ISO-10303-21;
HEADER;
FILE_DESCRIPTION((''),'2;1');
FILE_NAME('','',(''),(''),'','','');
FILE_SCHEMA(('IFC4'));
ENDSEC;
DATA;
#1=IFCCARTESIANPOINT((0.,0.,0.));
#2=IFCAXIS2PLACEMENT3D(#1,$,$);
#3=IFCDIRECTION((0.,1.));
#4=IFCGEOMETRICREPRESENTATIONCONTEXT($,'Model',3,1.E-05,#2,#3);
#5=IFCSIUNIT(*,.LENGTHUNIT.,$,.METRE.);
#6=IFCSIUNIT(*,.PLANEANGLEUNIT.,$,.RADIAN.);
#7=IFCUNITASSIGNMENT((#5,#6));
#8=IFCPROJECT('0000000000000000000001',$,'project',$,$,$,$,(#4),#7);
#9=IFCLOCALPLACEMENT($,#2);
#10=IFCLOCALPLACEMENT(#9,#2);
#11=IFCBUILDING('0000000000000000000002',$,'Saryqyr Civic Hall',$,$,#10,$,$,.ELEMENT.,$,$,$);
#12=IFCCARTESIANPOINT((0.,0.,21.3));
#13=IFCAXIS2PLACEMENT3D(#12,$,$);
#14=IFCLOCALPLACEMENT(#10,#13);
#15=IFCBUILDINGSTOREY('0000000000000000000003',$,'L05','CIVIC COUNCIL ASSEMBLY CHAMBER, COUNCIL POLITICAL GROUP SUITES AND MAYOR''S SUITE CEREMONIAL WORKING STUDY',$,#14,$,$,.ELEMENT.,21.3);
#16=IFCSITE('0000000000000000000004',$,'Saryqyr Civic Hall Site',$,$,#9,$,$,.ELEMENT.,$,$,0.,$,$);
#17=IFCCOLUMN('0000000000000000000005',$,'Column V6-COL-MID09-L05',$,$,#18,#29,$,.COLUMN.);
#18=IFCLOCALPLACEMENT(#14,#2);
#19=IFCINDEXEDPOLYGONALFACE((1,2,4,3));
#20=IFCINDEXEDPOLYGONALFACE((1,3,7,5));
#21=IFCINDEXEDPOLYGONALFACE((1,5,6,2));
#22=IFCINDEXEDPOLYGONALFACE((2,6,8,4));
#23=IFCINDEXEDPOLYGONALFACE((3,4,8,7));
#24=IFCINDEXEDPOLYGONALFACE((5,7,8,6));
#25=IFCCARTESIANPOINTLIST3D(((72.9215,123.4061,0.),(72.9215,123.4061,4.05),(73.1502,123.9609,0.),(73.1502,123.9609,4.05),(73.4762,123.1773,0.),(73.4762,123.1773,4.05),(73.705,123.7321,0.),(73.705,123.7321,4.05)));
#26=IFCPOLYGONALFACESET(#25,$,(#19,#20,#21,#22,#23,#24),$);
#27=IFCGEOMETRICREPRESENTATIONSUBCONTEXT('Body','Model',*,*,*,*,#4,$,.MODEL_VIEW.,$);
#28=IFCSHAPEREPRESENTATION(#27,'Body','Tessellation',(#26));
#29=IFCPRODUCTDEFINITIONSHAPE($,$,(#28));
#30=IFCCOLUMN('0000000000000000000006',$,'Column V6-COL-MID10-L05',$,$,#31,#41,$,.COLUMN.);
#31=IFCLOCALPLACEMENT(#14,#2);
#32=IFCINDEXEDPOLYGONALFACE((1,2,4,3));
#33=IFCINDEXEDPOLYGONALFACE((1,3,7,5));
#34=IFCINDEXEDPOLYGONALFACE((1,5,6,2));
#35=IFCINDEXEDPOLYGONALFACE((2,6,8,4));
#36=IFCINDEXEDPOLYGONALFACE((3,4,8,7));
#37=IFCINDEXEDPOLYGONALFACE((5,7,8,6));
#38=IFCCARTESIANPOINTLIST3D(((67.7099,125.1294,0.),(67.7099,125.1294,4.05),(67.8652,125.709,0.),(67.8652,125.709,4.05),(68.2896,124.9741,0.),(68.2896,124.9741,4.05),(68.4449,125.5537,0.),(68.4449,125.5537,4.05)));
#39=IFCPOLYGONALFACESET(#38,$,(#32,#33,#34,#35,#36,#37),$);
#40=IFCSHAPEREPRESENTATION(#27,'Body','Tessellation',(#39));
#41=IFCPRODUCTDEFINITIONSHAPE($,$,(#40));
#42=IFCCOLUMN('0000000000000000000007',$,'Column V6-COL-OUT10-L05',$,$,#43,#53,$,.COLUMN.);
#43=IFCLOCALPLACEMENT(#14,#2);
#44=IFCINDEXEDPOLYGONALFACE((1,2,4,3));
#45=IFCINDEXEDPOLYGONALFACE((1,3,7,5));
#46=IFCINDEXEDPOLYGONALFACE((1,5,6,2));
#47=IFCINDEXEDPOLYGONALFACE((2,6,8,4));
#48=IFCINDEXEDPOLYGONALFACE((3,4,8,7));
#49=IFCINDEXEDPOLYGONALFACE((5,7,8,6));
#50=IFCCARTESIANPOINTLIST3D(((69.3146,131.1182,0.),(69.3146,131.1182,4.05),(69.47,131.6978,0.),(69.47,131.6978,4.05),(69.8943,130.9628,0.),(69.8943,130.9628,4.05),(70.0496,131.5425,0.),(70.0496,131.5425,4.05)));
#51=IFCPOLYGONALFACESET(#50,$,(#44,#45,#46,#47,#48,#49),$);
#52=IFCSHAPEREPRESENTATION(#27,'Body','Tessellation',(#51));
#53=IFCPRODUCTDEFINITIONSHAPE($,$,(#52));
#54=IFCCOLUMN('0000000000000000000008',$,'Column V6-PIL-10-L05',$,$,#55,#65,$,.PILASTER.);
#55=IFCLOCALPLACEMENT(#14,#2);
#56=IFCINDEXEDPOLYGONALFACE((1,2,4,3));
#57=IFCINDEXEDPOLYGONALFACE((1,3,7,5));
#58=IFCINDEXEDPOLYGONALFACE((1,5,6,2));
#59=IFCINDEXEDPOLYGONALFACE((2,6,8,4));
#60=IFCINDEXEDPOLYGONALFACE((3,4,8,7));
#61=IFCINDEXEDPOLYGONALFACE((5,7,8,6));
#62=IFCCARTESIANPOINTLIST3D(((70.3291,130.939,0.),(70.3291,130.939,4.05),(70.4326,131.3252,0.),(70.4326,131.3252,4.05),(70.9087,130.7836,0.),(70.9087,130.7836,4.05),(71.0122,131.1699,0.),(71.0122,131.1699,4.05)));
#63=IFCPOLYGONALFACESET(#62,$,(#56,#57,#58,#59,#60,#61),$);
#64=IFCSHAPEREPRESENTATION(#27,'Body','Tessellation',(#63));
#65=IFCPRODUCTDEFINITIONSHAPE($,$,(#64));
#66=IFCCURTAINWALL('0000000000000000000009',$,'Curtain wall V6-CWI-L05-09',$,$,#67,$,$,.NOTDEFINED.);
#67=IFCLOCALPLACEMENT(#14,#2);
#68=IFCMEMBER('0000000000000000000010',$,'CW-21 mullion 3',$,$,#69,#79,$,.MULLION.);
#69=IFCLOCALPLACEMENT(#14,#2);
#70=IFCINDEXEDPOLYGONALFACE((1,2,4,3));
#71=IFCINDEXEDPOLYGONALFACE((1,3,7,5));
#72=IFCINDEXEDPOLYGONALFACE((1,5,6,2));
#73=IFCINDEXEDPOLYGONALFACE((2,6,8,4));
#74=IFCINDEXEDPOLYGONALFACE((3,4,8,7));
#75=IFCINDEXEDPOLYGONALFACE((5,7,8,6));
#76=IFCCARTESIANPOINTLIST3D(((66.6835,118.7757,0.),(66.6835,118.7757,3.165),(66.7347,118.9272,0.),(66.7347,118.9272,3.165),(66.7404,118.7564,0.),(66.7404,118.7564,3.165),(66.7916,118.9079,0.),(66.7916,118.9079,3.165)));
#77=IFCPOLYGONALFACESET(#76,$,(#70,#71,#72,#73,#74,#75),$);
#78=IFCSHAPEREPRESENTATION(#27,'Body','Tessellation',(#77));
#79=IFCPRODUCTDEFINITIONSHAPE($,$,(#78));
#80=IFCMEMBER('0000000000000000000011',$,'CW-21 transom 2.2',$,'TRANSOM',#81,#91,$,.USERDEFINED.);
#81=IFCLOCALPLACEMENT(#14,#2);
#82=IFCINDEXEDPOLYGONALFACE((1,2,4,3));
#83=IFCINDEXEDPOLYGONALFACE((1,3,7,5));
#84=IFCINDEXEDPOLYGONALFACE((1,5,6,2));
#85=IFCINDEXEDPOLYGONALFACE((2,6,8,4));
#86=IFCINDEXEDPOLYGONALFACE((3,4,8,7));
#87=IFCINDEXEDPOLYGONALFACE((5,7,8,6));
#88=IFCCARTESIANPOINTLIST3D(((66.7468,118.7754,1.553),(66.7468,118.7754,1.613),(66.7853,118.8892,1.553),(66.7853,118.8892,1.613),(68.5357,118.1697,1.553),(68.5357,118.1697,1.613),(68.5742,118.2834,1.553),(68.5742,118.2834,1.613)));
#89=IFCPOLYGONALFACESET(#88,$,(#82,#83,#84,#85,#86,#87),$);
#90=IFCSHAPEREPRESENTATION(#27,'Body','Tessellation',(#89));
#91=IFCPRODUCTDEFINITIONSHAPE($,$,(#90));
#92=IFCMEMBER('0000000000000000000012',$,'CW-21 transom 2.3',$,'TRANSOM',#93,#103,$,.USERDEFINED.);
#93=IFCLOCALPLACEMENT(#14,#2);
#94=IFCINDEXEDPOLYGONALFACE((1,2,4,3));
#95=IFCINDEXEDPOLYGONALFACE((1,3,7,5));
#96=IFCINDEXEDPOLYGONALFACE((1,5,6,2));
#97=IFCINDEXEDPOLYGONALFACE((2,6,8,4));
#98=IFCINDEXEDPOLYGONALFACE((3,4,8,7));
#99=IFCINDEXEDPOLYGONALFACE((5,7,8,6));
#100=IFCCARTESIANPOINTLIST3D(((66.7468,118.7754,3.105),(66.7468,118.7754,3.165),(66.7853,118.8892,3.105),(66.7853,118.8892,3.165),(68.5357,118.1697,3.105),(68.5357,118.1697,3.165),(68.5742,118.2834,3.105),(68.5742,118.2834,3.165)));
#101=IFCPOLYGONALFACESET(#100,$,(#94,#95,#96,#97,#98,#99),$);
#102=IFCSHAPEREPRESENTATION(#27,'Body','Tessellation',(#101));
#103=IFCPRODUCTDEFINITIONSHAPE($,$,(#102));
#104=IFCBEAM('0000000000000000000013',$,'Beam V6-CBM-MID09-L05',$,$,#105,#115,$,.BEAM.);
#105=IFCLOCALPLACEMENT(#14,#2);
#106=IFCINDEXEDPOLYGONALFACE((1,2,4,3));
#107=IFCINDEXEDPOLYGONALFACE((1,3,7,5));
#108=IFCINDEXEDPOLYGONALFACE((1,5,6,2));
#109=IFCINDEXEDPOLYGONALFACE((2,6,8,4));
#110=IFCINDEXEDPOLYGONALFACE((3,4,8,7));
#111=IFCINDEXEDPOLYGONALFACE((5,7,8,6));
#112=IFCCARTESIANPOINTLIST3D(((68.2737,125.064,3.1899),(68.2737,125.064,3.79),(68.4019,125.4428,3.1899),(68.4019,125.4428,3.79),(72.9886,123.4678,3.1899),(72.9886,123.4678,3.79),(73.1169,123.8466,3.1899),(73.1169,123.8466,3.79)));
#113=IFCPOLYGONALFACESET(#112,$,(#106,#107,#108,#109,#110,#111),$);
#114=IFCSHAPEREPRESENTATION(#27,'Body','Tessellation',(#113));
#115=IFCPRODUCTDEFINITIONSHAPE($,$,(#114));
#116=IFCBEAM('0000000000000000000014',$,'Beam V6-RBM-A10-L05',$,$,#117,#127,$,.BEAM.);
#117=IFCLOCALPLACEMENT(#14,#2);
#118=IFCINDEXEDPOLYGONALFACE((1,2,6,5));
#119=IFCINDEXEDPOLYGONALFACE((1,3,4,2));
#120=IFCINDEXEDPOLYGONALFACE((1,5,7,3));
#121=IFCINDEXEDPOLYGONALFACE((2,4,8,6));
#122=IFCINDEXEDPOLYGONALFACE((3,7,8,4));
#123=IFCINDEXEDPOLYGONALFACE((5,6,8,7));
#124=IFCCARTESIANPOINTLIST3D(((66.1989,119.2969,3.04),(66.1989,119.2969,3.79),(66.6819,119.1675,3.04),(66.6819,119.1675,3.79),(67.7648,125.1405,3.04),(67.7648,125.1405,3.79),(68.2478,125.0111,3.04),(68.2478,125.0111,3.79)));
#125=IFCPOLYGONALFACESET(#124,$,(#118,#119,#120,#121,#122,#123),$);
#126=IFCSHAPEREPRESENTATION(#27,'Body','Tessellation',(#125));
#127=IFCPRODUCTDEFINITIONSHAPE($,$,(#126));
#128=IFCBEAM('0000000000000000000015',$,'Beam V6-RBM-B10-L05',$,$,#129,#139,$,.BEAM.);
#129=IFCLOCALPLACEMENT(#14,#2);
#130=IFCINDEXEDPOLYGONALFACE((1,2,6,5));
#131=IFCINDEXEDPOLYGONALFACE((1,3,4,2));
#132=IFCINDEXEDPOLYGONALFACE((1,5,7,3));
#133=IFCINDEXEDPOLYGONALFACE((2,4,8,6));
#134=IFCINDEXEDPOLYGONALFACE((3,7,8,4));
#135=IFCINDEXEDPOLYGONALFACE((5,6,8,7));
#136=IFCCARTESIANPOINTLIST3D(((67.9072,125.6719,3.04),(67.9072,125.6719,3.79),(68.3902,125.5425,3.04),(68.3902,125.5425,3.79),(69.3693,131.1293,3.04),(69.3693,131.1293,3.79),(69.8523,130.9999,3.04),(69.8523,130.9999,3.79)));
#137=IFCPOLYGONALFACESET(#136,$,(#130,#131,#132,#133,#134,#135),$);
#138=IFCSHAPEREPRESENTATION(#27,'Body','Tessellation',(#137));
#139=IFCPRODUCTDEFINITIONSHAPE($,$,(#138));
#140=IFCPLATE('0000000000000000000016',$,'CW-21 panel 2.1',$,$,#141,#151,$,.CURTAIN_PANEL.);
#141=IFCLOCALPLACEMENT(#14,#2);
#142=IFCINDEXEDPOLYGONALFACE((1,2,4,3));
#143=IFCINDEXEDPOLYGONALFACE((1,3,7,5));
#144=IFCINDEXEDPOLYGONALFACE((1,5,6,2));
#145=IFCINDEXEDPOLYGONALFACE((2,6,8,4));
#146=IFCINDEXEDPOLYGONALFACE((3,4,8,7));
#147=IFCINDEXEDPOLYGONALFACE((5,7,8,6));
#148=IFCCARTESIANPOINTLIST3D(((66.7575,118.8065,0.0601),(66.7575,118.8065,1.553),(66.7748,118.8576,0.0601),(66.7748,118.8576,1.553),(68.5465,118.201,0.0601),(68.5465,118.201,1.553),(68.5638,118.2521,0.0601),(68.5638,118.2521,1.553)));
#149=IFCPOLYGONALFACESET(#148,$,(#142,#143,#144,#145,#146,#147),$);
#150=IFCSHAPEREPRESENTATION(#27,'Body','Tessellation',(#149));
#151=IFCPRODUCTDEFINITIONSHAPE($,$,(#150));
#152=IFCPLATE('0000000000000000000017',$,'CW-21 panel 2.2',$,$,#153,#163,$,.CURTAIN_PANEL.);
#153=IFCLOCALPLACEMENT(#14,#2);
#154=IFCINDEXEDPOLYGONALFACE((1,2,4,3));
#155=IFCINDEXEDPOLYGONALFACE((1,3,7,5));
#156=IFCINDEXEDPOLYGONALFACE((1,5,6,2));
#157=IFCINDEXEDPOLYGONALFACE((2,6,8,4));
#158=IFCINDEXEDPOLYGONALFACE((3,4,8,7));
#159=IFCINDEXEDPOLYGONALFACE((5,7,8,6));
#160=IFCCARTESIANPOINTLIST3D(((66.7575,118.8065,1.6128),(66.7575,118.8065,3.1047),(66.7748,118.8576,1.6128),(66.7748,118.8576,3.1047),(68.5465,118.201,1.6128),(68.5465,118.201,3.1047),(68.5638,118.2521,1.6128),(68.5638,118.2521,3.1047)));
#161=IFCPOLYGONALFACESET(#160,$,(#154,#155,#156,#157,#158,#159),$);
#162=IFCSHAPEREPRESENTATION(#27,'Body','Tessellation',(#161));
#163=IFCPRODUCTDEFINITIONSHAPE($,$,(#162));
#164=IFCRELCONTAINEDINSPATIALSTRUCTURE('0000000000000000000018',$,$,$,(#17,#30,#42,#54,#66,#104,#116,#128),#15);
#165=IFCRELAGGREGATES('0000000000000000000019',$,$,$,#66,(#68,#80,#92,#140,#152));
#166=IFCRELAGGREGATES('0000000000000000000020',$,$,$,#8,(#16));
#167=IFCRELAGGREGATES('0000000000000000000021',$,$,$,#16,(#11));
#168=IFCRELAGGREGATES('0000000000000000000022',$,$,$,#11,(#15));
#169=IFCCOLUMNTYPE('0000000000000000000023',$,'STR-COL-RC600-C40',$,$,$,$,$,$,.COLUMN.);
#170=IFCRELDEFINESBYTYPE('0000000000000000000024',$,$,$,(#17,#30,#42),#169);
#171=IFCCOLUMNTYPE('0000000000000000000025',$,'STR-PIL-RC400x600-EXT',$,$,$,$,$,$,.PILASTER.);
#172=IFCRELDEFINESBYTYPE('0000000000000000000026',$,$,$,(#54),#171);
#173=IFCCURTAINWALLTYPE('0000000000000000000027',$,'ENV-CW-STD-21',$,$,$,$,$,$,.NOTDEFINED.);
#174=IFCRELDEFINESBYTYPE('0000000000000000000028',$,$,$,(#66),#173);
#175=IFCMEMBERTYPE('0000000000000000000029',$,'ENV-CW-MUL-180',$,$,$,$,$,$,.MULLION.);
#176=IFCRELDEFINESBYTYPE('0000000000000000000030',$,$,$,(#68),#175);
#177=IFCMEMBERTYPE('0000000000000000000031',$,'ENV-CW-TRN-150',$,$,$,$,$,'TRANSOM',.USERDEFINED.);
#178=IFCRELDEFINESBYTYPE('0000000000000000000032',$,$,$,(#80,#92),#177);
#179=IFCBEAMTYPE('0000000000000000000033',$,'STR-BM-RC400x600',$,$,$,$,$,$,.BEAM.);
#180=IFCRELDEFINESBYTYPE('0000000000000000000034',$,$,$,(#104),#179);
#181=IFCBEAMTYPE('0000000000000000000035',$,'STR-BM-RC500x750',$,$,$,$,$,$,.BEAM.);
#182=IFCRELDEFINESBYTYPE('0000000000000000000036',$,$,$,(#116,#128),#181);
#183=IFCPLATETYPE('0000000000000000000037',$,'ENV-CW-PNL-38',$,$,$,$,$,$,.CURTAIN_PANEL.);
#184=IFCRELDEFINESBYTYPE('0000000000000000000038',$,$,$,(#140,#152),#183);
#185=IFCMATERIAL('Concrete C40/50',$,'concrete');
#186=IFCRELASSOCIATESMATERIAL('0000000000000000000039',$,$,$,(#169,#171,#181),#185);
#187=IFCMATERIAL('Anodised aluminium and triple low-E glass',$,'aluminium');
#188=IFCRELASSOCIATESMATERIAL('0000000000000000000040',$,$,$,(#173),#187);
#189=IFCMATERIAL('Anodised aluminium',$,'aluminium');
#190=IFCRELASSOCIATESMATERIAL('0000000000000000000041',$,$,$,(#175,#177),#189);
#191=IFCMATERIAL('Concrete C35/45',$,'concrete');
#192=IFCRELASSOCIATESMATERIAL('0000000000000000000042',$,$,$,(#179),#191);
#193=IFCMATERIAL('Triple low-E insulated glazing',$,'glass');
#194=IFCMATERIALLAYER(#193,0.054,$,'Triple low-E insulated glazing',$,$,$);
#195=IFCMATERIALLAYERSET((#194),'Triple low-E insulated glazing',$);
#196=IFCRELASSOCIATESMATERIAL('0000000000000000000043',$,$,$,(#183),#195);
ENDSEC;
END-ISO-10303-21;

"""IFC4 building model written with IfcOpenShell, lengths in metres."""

from ifc_helpers import new_model, si_unit, direction, frame, origin, origin_2d, place, context, subcontext, project, spatial, rectangle, extrude, material, layer, layer_set, material_profile, profile_set, type_object, element, aggregate, save


model = new_model("IFC4")

# Units and contexts
model_context = context("Model", 3, precision=1e-05, world=origin(), true_north=direction((0.0, 1.0)))
body_context = subcontext(model_context, "Body", "Model", "MODEL_VIEW")
ifc_project = project(units=[si_unit("LENGTHUNIT", "METRE"), si_unit("PLANEANGLEUNIT", "RADIAN")], contexts=[model_context])

# Site, building, storey
site_placement = place(None, origin())
site = spatial("IfcSite", under=ifc_project, at=site_placement, Name="Saryqyr Civic Hall Site", CompositionType="ELEMENT", RefElevation=0.0)
building_placement = place(site_placement, origin())
building = spatial("IfcBuilding", under=site, at=building_placement, Name="Saryqyr Civic Hall", CompositionType="ELEMENT")
storey_placement = place(building_placement, frame((0.0, 0.0, 21.3)))
storey = spatial("IfcBuildingStorey", under=building, at=storey_placement, Name="L05", Description="CIVIC COUNCIL ASSEMBLY CHAMBER, COUNCIL POLITICAL GROUP SUITES AND MAYOR'S SUITE CEREMONIAL WORKING STUDY", CompositionType="ELEMENT", Elevation=21.3)

# Columns
ifc_material_1 = material(Name="Concrete C40/50", Category="concrete")
ifc_material_profile_1 = material_profile(ifc_material_1, rectangle(XDim=0.6001, YDim=0.6001, at=origin_2d()), Name="RC 600x600")
ifc_profile_set_1 = profile_set([ifc_material_profile_1], Name="Concrete C40/50")
column_type_1 = type_object("IfcColumnType", Name="STR-COL-RC600-C40", PredefinedType="COLUMN", material=ifc_profile_set_1)
for number, where, z_axis, x_axis, name in (
    (1, (73.3132, 123.5691, 0.0), (0.0, 0.0, 1.0), (0.381232, 0.92448, 0.0), "Column V6-COL-MID09-L05"),
    (2, (68.0774, 125.3416, 0.0), (0.0, 0.0, 1.0), (0.258819, 0.965926, 0.0), "Column V6-COL-MID10-L05"),
    (3, (69.6821, 131.3303, 0.0), (0.0, 0.0, 1.0), (0.258819, 0.965926, 0.0), "Column V6-COL-OUT10-L05"),
):
    element("IfcColumn", number, at=place(storey_placement, frame(where, z_axis=z_axis, x_axis=x_axis)), inside=storey, type_object=column_type_1, Name=name, PredefinedType="COLUMN", context=body_context, shape_type="SweptSolid", body=[
        extrude(rectangle(XDim=0.6001, YDim=0.6001, at=origin_2d()), origin(), (0.0, 0.0, 1.0), 4.05),
    ])
ifc_material_profile_2 = material_profile(ifc_material_1, rectangle(XDim=0.3999, YDim=0.6001, at=origin_2d()), Name="RC 400x600")
ifc_profile_set_2 = profile_set([ifc_material_profile_2], Name="Concrete C40/50")
column_type_2 = type_object("IfcColumnType", Name="STR-PIL-RC400x600-EXT", PredefinedType="PILASTER", material=ifc_profile_set_2)
column_placement = place(storey_placement, frame((70.6707, 131.0544, 0.0), z_axis=(0.0, 0.0, 1.0), x_axis=(0.258819, 0.965926, 0.0)))
element("IfcColumn", 4, at=column_placement, inside=storey, type_object=column_type_2, Name="Column V6-PIL-10-L05", PredefinedType="PILASTER", context=body_context, shape_type="SweptSolid", body=[
    extrude(rectangle(XDim=0.3999, YDim=0.6001, at=origin_2d()), origin(), (0.0, 0.0, 1.0), 4.05),
])

# Curtain wall, members
ifc_material_2 = material(Name="Anodised aluminium and triple low-E glass", Category="aluminium")
curtain_wall_type = type_object("IfcCurtainWallType", Name="ENV-CW-STD-21", PredefinedType="NOTDEFINED", material=ifc_material_2)
curtain_wall_placement = place(storey_placement, origin())
curtain_wall = element("IfcCurtainWall", 5, at=curtain_wall_placement, inside=storey, type_object=curtain_wall_type, Name="Curtain wall V6-CWI-L05-09", PredefinedType="NOTDEFINED")
ifc_material_3 = material(Name="Anodised aluminium", Category="aluminium")
ifc_material_profile_3 = material_profile(ifc_material_3, rectangle(XDim=0.0601, YDim=0.1599, at=origin_2d()), Name="ALU MULLION 60x160")
ifc_profile_set_3 = profile_set([ifc_material_profile_3], Name="Anodised aluminium")
member_type_1 = type_object("IfcMemberType", Name="ENV-CW-MUL-180", PredefinedType="MULLION", material=ifc_profile_set_3)
member_1_placement = place(storey_placement, frame((66.7375, 118.8418, 0.0), z_axis=(0.0, 0.0, 1.0), x_axis=(-0.947202, 0.320636, 0.0)))
member_1 = element("IfcMember", 6, at=member_1_placement, type_object=member_type_1, Name="CW-21 mullion 3", PredefinedType="MULLION", context=body_context, shape_type="SweptSolid", body=[
    extrude(rectangle(XDim=0.0601, YDim=0.1599, at=origin_2d()), origin(), (0.0, 0.0, 1.0), 3.165),
])
ifc_material_profile_4 = material_profile(ifc_material_3, rectangle(XDim=0.1201, YDim=0.0601, at=origin_2d()), Name="ALU TRANSOM 120x60")
ifc_profile_set_4 = profile_set([ifc_material_profile_4], Name="Anodised aluminium")
member_type_2 = type_object("IfcMemberType", Name="ENV-CW-TRN-150", ElementType="TRANSOM", PredefinedType="USERDEFINED", material=ifc_profile_set_4)
member_2_placement = place(storey_placement, frame((68.5549, 118.2266, 1.583), z_axis=(-0.947173, 0.320723, 0.0), x_axis=(-0.320723, -0.947173, 0.0)))
member_2 = element("IfcMember", 7, at=member_2_placement, type_object=member_type_2, Name="CW-21 transom 2.2", ObjectType="TRANSOM", PredefinedType="USERDEFINED", context=body_context, shape_type="SweptSolid", body=[
    extrude(rectangle(XDim=0.1201, YDim=0.0601, at=origin_2d()), origin(), (0.0, 0.0, 1.0), 1.8887),
])
member_3_placement = place(storey_placement, frame((68.5549, 118.2266, 3.135), z_axis=(-0.947173, 0.320723, 0.0), x_axis=(-0.320723, -0.947173, 0.0)))
member_3 = element("IfcMember", 8, at=member_3_placement, type_object=member_type_2, Name="CW-21 transom 2.3", ObjectType="TRANSOM", PredefinedType="USERDEFINED", context=body_context, shape_type="SweptSolid", body=[
    extrude(rectangle(XDim=0.1201, YDim=0.0601, at=origin_2d()), origin(), (0.0, 0.0, 1.0), 1.8887),
])

# Beams
ifc_material_4 = material(Name="Concrete C35/45", Category="concrete")
ifc_material_profile_5 = material_profile(ifc_material_4, rectangle(XDim=0.3999, YDim=0.6001, at=origin_2d()), Name="RC 400x600")
ifc_profile_set_5 = profile_set([ifc_material_profile_5], Name="Concrete C35/45")
beam_type_1 = type_object("IfcBeamType", Name="STR-BM-RC400x600", PredefinedType="BEAM", material=ifc_profile_set_5)
beam_1_placement = place(storey_placement, frame((73.0527, 123.6572, 3.49), z_axis=(-0.947192, 0.320668, 0.0), x_axis=(-0.320668, -0.947192, 0.0)))
element("IfcBeam", 9, at=beam_1_placement, inside=storey, type_object=beam_type_1, Name="Beam V6-CBM-MID09-L05", PredefinedType="BEAM", context=body_context, shape_type="SweptSolid", body=[
    extrude(rectangle(XDim=0.3999, YDim=0.6001, at=origin_2d()), origin(), (0.0, 0.0, 1.0), 4.9778),
])
ifc_material_profile_6 = material_profile(ifc_material_1, rectangle(XDim=0.5, YDim=0.75, at=origin_2d()), Name="RC 500x750")
ifc_profile_set_6 = profile_set([ifc_material_profile_6], Name="Concrete C40/50")
beam_type_2 = type_object("IfcBeamType", Name="STR-BM-RC500x750", PredefinedType="BEAM", material=ifc_profile_set_6)
beam_2_placement = place(storey_placement, frame((66.4404, 119.2322, 3.415), z_axis=(0.258833, 0.965922, 0.0), x_axis=(-0.965922, 0.258833, 0.0)))
element("IfcBeam", 10, at=beam_2_placement, inside=storey, type_object=beam_type_2, Name="Beam V6-RBM-A10-L05", PredefinedType="BEAM", context=body_context, shape_type="SweptSolid", body=[
    extrude(rectangle(XDim=0.5, YDim=0.75, at=origin_2d()), origin(), (0.0, 0.0, 1.0), 6.0498),
])
beam_3_placement = place(storey_placement, frame((68.1487, 125.6072, 3.415), z_axis=(0.258789, 0.965934, 0.0), x_axis=(-0.965934, 0.258789, 0.0)))
element("IfcBeam", 11, at=beam_3_placement, inside=storey, type_object=beam_type_2, Name="Beam V6-RBM-B10-L05", PredefinedType="BEAM", context=body_context, shape_type="SweptSolid", body=[
    extrude(rectangle(XDim=0.5, YDim=0.75, at=origin_2d()), origin(), (0.0, 0.0, 1.0), 5.6499),
])

# Plates
ifc_material_5 = material(Name="Triple low-E insulated glazing", Category="glass")
ifc_layer_1 = layer(ifc_material_5, 0.054, Name="Triple low-E insulated glazing")
ifc_layer_set_1 = layer_set([ifc_layer_1], Name="Triple low-E insulated glazing")
plate_type = type_object("IfcPlateType", Name="ENV-CW-PNL-38", PredefinedType="CURTAIN_PANEL", material=ifc_layer_set_1)
plate_1_placement = place(storey_placement, frame((67.6606, 118.5293, 0.0601), z_axis=(0.0, 0.0, 1.0), x_axis=(-0.947202, 0.320636, 0.0)))
plate_1 = element("IfcPlate", 12, at=plate_1_placement, type_object=plate_type, Name="CW-21 panel 2.1", PredefinedType="CURTAIN_PANEL", context=body_context, shape_type="SweptSolid", body=[
    extrude(rectangle(XDim=1.8887, YDim=0.054, at=origin_2d()), origin(), (0.0, 0.0, 1.0), 1.4929),
])
plate_2_placement = place(storey_placement, frame((67.6606, 118.5293, 1.6128), z_axis=(0.0, 0.0, 1.0), x_axis=(-0.947202, 0.320636, 0.0)))
plate_2 = element("IfcPlate", 13, at=plate_2_placement, type_object=plate_type, Name="CW-21 panel 2.2", PredefinedType="CURTAIN_PANEL", context=body_context, shape_type="SweptSolid", body=[
    extrude(rectangle(XDim=1.8887, YDim=0.054, at=origin_2d()), origin(), (0.0, 0.0, 1.0), 1.4919),
])
aggregate(curtain_wall, [member_1, member_2, member_3, plate_1, plate_2])

save(model, "model.ifc")
